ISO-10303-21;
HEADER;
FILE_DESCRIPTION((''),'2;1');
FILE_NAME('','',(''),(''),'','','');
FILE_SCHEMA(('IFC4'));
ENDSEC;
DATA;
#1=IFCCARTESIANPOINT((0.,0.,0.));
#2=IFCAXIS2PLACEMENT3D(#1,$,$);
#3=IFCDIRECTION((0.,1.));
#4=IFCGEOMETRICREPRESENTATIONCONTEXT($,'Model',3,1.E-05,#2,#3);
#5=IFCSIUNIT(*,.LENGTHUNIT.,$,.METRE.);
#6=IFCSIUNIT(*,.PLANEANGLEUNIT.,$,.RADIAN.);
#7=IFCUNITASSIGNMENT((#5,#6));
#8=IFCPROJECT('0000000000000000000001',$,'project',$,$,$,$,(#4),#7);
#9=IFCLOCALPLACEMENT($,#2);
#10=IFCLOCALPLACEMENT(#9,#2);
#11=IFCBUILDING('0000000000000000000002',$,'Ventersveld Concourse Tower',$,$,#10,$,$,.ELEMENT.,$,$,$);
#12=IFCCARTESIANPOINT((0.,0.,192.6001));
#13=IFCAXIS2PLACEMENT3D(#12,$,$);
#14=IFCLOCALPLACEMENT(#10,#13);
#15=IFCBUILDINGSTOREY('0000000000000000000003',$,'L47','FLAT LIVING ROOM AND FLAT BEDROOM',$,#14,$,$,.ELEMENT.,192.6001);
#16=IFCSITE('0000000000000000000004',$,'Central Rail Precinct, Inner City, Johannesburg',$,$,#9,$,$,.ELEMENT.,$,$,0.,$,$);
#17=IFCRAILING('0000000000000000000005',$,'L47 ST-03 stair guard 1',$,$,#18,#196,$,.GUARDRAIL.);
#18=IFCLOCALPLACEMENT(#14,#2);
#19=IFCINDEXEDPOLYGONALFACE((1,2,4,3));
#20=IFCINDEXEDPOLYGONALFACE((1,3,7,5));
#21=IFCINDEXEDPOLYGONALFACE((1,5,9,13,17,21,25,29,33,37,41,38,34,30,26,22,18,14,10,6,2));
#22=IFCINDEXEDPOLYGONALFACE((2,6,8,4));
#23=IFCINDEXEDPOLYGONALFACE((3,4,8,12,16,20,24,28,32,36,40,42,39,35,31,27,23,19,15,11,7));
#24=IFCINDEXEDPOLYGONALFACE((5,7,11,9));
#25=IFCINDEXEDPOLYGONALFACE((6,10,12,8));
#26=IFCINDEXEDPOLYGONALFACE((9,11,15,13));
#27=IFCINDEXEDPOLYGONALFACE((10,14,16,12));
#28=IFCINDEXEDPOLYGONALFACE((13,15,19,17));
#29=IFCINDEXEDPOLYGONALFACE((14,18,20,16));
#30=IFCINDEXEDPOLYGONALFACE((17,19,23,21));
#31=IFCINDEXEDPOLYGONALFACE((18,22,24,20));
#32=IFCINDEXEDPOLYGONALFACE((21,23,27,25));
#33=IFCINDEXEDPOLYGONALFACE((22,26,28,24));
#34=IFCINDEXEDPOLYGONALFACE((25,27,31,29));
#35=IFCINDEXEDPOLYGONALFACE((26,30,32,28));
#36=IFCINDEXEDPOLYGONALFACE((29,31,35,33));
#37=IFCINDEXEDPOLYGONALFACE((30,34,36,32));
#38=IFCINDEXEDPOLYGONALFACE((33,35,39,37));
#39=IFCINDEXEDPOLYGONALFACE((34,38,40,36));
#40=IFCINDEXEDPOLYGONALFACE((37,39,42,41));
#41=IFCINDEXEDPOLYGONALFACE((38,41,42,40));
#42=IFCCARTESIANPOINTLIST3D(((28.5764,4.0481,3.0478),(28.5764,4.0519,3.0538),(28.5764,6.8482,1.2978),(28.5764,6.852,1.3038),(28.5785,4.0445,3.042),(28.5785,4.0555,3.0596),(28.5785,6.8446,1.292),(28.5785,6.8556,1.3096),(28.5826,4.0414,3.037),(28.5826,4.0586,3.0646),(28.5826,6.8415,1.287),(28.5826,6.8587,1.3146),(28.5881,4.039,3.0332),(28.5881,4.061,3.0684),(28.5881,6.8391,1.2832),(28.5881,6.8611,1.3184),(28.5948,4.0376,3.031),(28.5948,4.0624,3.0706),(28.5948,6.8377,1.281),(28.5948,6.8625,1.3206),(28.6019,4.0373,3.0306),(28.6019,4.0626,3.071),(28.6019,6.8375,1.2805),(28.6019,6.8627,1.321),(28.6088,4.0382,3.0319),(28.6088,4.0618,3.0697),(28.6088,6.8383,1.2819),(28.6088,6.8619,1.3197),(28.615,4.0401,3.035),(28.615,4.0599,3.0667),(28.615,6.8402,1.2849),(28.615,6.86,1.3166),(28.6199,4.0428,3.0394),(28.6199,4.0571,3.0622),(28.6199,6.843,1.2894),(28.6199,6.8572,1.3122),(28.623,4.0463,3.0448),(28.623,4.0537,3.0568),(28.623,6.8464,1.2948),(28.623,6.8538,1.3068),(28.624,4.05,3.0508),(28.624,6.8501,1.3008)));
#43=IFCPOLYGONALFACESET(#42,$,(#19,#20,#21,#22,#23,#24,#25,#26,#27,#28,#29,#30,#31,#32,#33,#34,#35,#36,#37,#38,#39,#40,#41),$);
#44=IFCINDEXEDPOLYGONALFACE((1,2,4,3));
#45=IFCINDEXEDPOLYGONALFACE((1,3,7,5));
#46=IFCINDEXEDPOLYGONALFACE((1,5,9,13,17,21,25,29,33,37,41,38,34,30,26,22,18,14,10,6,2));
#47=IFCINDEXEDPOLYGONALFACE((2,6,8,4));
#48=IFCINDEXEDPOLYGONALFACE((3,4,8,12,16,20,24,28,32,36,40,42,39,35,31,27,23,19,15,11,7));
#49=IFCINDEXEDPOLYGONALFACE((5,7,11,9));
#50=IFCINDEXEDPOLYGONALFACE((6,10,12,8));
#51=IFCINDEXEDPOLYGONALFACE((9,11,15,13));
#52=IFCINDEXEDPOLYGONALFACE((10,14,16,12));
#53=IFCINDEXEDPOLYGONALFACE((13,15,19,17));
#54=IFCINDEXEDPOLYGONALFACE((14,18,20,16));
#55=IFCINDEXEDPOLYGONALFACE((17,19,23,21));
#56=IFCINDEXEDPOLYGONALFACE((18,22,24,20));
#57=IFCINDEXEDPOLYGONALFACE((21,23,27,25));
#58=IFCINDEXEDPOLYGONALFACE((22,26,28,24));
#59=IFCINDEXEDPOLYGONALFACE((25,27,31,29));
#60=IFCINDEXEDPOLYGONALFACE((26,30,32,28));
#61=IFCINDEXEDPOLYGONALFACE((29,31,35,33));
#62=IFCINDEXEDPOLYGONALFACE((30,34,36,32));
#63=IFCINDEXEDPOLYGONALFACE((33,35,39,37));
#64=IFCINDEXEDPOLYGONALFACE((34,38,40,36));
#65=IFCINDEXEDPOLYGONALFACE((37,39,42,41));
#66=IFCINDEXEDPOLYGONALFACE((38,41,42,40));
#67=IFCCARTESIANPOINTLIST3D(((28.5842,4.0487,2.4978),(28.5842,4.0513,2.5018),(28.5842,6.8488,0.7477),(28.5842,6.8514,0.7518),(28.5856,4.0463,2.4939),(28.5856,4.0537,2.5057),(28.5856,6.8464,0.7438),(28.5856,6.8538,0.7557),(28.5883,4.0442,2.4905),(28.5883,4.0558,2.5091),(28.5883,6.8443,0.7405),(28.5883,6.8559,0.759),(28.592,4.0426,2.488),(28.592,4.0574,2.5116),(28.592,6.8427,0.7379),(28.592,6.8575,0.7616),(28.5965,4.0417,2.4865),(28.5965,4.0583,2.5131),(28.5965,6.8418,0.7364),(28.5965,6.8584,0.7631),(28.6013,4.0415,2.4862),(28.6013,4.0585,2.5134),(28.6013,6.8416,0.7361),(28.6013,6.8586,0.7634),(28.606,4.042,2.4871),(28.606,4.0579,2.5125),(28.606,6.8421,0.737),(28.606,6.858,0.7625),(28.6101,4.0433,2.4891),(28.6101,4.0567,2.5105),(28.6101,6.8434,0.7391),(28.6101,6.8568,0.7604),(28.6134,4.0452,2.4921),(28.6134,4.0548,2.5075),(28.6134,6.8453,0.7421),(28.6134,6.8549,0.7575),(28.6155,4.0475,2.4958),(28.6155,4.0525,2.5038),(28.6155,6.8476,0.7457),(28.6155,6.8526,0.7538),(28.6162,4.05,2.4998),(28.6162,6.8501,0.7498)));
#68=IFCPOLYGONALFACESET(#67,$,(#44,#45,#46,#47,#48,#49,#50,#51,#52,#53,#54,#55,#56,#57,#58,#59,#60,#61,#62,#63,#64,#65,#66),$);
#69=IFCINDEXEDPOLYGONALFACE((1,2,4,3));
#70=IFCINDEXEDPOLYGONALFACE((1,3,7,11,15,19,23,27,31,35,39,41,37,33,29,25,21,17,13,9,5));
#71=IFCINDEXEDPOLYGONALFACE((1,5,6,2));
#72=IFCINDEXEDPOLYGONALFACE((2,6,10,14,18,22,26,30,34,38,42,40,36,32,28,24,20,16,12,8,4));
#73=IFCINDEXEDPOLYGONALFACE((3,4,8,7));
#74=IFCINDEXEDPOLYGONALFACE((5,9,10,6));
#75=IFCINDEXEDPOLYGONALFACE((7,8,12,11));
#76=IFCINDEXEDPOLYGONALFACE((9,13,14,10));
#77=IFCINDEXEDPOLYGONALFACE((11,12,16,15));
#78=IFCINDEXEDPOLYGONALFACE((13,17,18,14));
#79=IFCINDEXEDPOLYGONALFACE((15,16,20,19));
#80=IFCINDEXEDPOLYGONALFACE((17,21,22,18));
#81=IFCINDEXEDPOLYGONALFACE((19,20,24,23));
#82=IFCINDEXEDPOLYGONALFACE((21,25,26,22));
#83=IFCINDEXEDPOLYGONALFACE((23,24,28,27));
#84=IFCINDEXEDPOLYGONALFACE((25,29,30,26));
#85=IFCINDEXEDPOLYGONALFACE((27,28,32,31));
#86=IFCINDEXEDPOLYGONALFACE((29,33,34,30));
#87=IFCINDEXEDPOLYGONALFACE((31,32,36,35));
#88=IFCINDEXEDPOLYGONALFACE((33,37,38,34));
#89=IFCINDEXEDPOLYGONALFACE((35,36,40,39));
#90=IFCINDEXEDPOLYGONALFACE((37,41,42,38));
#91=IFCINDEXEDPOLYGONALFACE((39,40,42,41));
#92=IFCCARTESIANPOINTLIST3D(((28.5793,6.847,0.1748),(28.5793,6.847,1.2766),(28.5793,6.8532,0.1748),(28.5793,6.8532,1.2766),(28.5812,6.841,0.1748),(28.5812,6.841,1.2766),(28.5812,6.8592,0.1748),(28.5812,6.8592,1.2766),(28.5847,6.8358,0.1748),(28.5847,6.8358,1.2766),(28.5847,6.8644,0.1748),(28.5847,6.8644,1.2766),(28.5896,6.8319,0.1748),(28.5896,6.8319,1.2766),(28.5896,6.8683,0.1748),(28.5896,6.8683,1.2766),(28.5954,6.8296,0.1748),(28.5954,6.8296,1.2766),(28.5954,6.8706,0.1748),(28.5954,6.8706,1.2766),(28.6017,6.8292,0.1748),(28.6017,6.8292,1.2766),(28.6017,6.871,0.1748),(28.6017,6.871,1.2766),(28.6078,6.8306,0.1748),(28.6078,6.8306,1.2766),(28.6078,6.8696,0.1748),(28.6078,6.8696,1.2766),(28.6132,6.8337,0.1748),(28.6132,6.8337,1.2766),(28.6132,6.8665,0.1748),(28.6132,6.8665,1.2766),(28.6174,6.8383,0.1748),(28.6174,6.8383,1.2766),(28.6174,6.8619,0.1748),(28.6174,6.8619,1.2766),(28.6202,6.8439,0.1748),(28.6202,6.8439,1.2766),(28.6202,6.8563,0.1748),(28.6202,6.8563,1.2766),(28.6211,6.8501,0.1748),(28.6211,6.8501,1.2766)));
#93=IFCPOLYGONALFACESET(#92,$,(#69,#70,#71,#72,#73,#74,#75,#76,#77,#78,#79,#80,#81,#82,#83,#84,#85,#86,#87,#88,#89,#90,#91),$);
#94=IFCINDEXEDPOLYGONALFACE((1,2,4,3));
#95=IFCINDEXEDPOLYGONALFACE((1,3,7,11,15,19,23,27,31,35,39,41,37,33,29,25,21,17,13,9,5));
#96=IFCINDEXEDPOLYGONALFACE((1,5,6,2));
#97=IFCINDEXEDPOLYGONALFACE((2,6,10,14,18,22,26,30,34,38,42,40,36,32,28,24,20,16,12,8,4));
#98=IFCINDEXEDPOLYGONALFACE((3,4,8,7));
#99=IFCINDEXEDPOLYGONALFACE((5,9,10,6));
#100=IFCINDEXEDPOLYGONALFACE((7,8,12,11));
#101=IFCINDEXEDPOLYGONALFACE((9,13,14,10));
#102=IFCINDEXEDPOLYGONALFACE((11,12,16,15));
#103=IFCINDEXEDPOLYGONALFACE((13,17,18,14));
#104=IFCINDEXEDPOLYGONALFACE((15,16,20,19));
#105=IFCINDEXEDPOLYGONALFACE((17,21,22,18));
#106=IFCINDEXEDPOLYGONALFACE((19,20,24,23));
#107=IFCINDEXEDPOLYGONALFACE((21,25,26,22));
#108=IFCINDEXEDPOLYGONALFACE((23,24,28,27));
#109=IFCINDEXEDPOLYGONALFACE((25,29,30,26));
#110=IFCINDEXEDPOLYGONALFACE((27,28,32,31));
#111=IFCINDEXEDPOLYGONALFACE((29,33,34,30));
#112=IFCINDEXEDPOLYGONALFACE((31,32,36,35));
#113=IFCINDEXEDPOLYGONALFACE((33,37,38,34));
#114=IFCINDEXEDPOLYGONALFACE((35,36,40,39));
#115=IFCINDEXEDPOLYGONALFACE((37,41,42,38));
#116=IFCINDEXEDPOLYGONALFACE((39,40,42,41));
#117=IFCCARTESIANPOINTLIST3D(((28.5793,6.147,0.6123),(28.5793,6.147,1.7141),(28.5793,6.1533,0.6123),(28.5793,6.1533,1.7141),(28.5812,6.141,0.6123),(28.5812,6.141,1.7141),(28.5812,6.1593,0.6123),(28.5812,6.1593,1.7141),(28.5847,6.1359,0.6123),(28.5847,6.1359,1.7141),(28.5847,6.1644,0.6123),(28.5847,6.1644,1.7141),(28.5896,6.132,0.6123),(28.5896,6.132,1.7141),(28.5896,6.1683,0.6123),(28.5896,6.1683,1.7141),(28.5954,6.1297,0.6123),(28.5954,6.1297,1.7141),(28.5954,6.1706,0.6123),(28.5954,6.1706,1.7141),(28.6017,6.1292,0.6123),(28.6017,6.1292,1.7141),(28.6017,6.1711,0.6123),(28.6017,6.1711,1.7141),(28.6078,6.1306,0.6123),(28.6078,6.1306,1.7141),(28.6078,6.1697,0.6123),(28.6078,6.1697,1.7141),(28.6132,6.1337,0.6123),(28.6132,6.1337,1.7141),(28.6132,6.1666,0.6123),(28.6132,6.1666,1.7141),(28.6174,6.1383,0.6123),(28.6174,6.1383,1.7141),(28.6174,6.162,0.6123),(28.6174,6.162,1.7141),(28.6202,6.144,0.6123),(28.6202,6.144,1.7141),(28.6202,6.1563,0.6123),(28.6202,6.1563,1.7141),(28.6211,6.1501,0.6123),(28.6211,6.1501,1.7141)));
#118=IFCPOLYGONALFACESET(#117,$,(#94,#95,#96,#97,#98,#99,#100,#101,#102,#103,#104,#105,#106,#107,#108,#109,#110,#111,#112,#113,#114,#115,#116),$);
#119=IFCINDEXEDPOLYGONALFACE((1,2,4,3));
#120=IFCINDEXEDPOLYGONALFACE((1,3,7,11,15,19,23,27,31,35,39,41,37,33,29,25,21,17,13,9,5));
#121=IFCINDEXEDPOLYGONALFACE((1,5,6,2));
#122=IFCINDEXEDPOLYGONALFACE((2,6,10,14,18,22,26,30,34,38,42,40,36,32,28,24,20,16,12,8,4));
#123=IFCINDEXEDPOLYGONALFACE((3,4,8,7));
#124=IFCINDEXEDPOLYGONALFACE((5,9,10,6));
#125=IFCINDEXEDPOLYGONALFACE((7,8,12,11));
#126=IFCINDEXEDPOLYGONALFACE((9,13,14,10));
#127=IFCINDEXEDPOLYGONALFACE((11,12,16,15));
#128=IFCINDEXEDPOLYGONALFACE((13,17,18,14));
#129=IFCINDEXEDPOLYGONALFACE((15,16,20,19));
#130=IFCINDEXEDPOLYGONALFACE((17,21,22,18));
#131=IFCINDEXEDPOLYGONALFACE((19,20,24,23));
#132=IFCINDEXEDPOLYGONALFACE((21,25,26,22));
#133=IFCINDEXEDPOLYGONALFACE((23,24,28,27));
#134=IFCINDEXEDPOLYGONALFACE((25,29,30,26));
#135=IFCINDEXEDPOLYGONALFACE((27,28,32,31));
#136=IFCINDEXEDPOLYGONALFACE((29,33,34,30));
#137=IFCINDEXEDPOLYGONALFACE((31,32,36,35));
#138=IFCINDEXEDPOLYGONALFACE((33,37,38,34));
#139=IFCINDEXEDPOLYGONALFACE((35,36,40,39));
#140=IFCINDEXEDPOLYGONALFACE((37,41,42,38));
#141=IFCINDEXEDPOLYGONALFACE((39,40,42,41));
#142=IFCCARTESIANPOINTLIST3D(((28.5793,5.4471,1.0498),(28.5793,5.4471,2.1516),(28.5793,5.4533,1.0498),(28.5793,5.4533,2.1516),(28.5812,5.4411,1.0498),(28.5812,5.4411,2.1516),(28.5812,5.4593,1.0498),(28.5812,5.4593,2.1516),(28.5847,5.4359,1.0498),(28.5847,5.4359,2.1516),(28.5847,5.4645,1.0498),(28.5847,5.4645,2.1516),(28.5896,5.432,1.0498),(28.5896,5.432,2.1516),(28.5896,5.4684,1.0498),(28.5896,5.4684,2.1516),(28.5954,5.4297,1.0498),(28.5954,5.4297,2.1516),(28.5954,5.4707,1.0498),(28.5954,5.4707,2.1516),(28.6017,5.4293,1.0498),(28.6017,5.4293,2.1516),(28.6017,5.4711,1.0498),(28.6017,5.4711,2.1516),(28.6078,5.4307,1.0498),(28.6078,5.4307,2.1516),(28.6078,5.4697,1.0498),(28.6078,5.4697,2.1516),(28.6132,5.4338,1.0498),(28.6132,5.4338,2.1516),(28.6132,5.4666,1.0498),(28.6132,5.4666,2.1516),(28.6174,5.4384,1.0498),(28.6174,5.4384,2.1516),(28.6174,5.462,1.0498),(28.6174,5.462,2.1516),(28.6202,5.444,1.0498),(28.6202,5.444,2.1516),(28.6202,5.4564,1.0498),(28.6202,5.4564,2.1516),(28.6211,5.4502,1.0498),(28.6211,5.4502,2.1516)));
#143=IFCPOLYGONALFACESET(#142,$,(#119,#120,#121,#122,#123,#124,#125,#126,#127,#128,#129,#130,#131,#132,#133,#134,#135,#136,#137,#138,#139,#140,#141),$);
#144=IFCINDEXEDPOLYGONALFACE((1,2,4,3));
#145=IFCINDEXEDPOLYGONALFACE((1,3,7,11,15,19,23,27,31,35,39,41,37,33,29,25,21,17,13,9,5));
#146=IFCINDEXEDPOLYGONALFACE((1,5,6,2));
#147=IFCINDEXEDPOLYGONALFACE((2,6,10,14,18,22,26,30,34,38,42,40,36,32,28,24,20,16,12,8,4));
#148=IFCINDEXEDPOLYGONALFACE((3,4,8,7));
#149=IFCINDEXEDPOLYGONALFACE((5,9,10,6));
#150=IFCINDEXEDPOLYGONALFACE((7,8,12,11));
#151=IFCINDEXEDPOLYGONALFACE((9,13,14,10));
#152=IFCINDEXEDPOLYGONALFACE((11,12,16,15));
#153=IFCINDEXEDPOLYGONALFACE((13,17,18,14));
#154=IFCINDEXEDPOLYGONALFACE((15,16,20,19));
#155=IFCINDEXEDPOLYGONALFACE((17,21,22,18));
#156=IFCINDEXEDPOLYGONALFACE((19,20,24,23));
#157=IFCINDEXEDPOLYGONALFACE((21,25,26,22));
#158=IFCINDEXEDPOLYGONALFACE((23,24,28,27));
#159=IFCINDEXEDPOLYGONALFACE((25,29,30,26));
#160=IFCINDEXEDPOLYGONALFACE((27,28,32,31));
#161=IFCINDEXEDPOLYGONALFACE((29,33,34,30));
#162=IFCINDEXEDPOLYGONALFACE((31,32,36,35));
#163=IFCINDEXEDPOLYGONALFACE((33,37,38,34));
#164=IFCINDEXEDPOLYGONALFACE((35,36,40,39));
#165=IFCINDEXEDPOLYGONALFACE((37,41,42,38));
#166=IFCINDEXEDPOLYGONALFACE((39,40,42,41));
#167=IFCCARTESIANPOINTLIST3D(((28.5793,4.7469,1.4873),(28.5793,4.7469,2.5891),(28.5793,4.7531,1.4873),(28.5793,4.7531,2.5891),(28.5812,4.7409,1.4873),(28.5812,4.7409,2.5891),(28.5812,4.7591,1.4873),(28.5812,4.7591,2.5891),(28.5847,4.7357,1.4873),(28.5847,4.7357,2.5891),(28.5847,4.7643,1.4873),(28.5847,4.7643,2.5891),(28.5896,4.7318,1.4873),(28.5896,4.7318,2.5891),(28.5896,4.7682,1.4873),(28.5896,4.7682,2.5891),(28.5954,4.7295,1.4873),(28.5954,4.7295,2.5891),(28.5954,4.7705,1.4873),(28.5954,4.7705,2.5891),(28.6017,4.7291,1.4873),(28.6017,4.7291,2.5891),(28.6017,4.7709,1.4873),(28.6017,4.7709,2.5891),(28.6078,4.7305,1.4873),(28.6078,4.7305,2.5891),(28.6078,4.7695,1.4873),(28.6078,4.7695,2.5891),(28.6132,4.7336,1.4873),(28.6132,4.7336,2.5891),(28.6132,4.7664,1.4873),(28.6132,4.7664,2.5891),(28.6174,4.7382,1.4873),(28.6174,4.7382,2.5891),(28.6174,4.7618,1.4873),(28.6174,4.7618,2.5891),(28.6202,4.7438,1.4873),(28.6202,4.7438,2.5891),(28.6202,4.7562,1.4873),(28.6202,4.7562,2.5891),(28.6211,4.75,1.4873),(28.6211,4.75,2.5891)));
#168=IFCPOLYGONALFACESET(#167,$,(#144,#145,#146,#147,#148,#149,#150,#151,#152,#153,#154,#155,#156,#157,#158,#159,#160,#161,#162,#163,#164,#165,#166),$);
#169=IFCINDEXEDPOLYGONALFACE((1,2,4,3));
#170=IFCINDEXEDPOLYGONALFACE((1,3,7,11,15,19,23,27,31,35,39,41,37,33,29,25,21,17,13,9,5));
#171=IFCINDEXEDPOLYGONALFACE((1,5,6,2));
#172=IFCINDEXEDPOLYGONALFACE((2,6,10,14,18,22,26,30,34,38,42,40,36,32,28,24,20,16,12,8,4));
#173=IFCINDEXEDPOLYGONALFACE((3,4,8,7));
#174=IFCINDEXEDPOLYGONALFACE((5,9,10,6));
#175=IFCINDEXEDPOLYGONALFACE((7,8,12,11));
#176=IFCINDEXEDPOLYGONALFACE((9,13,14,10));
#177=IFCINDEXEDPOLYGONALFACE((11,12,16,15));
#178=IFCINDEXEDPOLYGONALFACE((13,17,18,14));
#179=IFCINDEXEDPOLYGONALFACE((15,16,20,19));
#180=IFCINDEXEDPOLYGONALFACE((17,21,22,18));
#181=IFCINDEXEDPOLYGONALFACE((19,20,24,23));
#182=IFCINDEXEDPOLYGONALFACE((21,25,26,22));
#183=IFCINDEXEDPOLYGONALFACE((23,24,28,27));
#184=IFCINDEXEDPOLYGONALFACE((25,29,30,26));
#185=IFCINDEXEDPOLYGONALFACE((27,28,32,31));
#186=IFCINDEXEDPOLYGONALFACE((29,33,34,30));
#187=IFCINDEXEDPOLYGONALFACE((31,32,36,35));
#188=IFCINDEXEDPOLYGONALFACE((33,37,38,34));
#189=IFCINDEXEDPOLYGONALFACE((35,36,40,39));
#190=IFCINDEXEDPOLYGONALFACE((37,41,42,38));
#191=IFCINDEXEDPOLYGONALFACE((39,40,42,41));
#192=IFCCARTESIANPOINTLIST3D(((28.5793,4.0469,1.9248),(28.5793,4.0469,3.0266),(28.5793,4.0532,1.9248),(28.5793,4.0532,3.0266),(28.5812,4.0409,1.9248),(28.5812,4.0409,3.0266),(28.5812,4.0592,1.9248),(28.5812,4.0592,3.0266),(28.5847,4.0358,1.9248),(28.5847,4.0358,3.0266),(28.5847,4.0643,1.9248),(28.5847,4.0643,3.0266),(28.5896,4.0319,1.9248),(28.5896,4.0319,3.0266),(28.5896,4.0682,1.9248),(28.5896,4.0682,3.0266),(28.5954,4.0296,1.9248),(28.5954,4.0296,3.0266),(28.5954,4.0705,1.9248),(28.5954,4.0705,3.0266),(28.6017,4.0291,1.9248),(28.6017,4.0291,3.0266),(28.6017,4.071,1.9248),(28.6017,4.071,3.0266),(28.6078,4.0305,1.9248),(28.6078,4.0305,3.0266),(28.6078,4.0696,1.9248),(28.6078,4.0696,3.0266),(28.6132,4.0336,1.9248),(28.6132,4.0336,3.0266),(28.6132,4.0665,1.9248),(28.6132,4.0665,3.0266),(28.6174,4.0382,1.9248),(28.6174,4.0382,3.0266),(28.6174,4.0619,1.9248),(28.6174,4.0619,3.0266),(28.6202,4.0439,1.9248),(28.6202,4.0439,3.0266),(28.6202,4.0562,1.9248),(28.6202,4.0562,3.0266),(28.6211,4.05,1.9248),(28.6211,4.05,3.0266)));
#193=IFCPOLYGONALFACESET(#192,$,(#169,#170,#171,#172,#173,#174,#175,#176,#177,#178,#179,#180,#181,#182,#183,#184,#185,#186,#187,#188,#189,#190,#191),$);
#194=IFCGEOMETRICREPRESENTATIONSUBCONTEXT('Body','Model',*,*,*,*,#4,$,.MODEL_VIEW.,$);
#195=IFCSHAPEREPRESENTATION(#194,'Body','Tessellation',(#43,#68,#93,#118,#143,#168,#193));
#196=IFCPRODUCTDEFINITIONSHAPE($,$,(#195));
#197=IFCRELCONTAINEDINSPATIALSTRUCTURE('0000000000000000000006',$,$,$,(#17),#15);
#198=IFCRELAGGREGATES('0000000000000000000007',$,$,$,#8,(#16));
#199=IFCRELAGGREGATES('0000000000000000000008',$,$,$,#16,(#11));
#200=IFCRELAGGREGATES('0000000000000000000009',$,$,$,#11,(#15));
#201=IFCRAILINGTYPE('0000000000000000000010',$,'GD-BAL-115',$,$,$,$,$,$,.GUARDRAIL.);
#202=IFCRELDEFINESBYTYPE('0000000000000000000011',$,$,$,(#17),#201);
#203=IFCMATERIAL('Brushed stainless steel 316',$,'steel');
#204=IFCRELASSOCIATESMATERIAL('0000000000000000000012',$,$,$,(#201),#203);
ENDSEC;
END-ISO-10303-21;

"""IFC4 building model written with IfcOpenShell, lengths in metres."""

from ifc_helpers import new_model, si_unit, direction, frame, origin, origin_2d, place, context, subcontext, project, spatial, circle, extrude, material, type_object, element, save


model = new_model("IFC4")

# Units and contexts
model_context = context("Model", 3, precision=1e-05, world=origin(), true_north=direction((0.0, 1.0)))
body_context = subcontext(model_context, "Body", "Model", "MODEL_VIEW")
ifc_project = project(units=[si_unit("LENGTHUNIT", "METRE"), si_unit("PLANEANGLEUNIT", "RADIAN")], contexts=[model_context])

# Site, building, storey
site_placement = place(None, origin())
site = spatial("IfcSite", under=ifc_project, at=site_placement, Name="Central Rail Precinct, Inner City, Johannesburg", CompositionType="ELEMENT", RefElevation=0.0)
building_placement = place(site_placement, origin())
building = spatial("IfcBuilding", under=site, at=building_placement, Name="Ventersveld Concourse Tower", CompositionType="ELEMENT")
storey_placement = place(building_placement, frame((0.0, 0.0, 192.6001)))
storey = spatial("IfcBuildingStorey", under=building, at=storey_placement, Name="L47", Description="FLAT LIVING ROOM AND FLAT BEDROOM", CompositionType="ELEMENT", Elevation=192.6001)

# Shared definitions
ifc_material_1 = material(Name="Brushed stainless steel 316", Category="steel")

# Railing
railing_type_1 = type_object("IfcRailingType", Name="GD-BAL-115", PredefinedType="GUARDRAIL", material=ifc_material_1)
railing_1_placement = place(storey_placement, frame((28.6001, 6.8501, 0.1748)))
element("IfcRailing", 1, at=railing_1_placement, inside=storey, type_object=railing_type_1, Name="L47 ST-03 stair guard 1", PredefinedType="GUARDRAIL", context=body_context, shape_type="SweptSolid", body=[
    extrude(circle(Radius=0.0239, at=origin_2d()), frame((0.0, 0.0, 1.126), z_axis=(0.0, -0.848002, 0.529992), x_axis=(1.0, 0.0, 0.0)), (0.0, 0.0, 1.0), 3.302),
    extrude(circle(Radius=0.0161, at=origin_2d()), frame((0.0, 0.0, 0.575), z_axis=(0.0, -0.848002, 0.529992), x_axis=(1.0, 0.0, 0.0)), (0.0, 0.0, 1.0), 3.302),
    extrude(circle(Radius=0.021, at=origin_2d()), origin(), (0.0, 0.0, 1.0), 1.1018),
    extrude(circle(Radius=0.021, at=origin_2d()), frame((0.0, -0.7, 0.4375)), (0.0, 0.0, 1.0), 1.1018),
    extrude(circle(Radius=0.021, at=origin_2d()), frame((0.0, -1.3999, 0.875)), (0.0, 0.0, 1.0), 1.1018),
    extrude(circle(Radius=0.021, at=origin_2d()), frame((0.0, -2.1001, 1.3125)), (0.0, 0.0, 1.0), 1.1018),
    extrude(circle(Radius=0.021, at=origin_2d()), frame((0.0, -2.8, 1.75)), (0.0, 0.0, 1.0), 1.1018),
])

save(model, "model.ifc")
